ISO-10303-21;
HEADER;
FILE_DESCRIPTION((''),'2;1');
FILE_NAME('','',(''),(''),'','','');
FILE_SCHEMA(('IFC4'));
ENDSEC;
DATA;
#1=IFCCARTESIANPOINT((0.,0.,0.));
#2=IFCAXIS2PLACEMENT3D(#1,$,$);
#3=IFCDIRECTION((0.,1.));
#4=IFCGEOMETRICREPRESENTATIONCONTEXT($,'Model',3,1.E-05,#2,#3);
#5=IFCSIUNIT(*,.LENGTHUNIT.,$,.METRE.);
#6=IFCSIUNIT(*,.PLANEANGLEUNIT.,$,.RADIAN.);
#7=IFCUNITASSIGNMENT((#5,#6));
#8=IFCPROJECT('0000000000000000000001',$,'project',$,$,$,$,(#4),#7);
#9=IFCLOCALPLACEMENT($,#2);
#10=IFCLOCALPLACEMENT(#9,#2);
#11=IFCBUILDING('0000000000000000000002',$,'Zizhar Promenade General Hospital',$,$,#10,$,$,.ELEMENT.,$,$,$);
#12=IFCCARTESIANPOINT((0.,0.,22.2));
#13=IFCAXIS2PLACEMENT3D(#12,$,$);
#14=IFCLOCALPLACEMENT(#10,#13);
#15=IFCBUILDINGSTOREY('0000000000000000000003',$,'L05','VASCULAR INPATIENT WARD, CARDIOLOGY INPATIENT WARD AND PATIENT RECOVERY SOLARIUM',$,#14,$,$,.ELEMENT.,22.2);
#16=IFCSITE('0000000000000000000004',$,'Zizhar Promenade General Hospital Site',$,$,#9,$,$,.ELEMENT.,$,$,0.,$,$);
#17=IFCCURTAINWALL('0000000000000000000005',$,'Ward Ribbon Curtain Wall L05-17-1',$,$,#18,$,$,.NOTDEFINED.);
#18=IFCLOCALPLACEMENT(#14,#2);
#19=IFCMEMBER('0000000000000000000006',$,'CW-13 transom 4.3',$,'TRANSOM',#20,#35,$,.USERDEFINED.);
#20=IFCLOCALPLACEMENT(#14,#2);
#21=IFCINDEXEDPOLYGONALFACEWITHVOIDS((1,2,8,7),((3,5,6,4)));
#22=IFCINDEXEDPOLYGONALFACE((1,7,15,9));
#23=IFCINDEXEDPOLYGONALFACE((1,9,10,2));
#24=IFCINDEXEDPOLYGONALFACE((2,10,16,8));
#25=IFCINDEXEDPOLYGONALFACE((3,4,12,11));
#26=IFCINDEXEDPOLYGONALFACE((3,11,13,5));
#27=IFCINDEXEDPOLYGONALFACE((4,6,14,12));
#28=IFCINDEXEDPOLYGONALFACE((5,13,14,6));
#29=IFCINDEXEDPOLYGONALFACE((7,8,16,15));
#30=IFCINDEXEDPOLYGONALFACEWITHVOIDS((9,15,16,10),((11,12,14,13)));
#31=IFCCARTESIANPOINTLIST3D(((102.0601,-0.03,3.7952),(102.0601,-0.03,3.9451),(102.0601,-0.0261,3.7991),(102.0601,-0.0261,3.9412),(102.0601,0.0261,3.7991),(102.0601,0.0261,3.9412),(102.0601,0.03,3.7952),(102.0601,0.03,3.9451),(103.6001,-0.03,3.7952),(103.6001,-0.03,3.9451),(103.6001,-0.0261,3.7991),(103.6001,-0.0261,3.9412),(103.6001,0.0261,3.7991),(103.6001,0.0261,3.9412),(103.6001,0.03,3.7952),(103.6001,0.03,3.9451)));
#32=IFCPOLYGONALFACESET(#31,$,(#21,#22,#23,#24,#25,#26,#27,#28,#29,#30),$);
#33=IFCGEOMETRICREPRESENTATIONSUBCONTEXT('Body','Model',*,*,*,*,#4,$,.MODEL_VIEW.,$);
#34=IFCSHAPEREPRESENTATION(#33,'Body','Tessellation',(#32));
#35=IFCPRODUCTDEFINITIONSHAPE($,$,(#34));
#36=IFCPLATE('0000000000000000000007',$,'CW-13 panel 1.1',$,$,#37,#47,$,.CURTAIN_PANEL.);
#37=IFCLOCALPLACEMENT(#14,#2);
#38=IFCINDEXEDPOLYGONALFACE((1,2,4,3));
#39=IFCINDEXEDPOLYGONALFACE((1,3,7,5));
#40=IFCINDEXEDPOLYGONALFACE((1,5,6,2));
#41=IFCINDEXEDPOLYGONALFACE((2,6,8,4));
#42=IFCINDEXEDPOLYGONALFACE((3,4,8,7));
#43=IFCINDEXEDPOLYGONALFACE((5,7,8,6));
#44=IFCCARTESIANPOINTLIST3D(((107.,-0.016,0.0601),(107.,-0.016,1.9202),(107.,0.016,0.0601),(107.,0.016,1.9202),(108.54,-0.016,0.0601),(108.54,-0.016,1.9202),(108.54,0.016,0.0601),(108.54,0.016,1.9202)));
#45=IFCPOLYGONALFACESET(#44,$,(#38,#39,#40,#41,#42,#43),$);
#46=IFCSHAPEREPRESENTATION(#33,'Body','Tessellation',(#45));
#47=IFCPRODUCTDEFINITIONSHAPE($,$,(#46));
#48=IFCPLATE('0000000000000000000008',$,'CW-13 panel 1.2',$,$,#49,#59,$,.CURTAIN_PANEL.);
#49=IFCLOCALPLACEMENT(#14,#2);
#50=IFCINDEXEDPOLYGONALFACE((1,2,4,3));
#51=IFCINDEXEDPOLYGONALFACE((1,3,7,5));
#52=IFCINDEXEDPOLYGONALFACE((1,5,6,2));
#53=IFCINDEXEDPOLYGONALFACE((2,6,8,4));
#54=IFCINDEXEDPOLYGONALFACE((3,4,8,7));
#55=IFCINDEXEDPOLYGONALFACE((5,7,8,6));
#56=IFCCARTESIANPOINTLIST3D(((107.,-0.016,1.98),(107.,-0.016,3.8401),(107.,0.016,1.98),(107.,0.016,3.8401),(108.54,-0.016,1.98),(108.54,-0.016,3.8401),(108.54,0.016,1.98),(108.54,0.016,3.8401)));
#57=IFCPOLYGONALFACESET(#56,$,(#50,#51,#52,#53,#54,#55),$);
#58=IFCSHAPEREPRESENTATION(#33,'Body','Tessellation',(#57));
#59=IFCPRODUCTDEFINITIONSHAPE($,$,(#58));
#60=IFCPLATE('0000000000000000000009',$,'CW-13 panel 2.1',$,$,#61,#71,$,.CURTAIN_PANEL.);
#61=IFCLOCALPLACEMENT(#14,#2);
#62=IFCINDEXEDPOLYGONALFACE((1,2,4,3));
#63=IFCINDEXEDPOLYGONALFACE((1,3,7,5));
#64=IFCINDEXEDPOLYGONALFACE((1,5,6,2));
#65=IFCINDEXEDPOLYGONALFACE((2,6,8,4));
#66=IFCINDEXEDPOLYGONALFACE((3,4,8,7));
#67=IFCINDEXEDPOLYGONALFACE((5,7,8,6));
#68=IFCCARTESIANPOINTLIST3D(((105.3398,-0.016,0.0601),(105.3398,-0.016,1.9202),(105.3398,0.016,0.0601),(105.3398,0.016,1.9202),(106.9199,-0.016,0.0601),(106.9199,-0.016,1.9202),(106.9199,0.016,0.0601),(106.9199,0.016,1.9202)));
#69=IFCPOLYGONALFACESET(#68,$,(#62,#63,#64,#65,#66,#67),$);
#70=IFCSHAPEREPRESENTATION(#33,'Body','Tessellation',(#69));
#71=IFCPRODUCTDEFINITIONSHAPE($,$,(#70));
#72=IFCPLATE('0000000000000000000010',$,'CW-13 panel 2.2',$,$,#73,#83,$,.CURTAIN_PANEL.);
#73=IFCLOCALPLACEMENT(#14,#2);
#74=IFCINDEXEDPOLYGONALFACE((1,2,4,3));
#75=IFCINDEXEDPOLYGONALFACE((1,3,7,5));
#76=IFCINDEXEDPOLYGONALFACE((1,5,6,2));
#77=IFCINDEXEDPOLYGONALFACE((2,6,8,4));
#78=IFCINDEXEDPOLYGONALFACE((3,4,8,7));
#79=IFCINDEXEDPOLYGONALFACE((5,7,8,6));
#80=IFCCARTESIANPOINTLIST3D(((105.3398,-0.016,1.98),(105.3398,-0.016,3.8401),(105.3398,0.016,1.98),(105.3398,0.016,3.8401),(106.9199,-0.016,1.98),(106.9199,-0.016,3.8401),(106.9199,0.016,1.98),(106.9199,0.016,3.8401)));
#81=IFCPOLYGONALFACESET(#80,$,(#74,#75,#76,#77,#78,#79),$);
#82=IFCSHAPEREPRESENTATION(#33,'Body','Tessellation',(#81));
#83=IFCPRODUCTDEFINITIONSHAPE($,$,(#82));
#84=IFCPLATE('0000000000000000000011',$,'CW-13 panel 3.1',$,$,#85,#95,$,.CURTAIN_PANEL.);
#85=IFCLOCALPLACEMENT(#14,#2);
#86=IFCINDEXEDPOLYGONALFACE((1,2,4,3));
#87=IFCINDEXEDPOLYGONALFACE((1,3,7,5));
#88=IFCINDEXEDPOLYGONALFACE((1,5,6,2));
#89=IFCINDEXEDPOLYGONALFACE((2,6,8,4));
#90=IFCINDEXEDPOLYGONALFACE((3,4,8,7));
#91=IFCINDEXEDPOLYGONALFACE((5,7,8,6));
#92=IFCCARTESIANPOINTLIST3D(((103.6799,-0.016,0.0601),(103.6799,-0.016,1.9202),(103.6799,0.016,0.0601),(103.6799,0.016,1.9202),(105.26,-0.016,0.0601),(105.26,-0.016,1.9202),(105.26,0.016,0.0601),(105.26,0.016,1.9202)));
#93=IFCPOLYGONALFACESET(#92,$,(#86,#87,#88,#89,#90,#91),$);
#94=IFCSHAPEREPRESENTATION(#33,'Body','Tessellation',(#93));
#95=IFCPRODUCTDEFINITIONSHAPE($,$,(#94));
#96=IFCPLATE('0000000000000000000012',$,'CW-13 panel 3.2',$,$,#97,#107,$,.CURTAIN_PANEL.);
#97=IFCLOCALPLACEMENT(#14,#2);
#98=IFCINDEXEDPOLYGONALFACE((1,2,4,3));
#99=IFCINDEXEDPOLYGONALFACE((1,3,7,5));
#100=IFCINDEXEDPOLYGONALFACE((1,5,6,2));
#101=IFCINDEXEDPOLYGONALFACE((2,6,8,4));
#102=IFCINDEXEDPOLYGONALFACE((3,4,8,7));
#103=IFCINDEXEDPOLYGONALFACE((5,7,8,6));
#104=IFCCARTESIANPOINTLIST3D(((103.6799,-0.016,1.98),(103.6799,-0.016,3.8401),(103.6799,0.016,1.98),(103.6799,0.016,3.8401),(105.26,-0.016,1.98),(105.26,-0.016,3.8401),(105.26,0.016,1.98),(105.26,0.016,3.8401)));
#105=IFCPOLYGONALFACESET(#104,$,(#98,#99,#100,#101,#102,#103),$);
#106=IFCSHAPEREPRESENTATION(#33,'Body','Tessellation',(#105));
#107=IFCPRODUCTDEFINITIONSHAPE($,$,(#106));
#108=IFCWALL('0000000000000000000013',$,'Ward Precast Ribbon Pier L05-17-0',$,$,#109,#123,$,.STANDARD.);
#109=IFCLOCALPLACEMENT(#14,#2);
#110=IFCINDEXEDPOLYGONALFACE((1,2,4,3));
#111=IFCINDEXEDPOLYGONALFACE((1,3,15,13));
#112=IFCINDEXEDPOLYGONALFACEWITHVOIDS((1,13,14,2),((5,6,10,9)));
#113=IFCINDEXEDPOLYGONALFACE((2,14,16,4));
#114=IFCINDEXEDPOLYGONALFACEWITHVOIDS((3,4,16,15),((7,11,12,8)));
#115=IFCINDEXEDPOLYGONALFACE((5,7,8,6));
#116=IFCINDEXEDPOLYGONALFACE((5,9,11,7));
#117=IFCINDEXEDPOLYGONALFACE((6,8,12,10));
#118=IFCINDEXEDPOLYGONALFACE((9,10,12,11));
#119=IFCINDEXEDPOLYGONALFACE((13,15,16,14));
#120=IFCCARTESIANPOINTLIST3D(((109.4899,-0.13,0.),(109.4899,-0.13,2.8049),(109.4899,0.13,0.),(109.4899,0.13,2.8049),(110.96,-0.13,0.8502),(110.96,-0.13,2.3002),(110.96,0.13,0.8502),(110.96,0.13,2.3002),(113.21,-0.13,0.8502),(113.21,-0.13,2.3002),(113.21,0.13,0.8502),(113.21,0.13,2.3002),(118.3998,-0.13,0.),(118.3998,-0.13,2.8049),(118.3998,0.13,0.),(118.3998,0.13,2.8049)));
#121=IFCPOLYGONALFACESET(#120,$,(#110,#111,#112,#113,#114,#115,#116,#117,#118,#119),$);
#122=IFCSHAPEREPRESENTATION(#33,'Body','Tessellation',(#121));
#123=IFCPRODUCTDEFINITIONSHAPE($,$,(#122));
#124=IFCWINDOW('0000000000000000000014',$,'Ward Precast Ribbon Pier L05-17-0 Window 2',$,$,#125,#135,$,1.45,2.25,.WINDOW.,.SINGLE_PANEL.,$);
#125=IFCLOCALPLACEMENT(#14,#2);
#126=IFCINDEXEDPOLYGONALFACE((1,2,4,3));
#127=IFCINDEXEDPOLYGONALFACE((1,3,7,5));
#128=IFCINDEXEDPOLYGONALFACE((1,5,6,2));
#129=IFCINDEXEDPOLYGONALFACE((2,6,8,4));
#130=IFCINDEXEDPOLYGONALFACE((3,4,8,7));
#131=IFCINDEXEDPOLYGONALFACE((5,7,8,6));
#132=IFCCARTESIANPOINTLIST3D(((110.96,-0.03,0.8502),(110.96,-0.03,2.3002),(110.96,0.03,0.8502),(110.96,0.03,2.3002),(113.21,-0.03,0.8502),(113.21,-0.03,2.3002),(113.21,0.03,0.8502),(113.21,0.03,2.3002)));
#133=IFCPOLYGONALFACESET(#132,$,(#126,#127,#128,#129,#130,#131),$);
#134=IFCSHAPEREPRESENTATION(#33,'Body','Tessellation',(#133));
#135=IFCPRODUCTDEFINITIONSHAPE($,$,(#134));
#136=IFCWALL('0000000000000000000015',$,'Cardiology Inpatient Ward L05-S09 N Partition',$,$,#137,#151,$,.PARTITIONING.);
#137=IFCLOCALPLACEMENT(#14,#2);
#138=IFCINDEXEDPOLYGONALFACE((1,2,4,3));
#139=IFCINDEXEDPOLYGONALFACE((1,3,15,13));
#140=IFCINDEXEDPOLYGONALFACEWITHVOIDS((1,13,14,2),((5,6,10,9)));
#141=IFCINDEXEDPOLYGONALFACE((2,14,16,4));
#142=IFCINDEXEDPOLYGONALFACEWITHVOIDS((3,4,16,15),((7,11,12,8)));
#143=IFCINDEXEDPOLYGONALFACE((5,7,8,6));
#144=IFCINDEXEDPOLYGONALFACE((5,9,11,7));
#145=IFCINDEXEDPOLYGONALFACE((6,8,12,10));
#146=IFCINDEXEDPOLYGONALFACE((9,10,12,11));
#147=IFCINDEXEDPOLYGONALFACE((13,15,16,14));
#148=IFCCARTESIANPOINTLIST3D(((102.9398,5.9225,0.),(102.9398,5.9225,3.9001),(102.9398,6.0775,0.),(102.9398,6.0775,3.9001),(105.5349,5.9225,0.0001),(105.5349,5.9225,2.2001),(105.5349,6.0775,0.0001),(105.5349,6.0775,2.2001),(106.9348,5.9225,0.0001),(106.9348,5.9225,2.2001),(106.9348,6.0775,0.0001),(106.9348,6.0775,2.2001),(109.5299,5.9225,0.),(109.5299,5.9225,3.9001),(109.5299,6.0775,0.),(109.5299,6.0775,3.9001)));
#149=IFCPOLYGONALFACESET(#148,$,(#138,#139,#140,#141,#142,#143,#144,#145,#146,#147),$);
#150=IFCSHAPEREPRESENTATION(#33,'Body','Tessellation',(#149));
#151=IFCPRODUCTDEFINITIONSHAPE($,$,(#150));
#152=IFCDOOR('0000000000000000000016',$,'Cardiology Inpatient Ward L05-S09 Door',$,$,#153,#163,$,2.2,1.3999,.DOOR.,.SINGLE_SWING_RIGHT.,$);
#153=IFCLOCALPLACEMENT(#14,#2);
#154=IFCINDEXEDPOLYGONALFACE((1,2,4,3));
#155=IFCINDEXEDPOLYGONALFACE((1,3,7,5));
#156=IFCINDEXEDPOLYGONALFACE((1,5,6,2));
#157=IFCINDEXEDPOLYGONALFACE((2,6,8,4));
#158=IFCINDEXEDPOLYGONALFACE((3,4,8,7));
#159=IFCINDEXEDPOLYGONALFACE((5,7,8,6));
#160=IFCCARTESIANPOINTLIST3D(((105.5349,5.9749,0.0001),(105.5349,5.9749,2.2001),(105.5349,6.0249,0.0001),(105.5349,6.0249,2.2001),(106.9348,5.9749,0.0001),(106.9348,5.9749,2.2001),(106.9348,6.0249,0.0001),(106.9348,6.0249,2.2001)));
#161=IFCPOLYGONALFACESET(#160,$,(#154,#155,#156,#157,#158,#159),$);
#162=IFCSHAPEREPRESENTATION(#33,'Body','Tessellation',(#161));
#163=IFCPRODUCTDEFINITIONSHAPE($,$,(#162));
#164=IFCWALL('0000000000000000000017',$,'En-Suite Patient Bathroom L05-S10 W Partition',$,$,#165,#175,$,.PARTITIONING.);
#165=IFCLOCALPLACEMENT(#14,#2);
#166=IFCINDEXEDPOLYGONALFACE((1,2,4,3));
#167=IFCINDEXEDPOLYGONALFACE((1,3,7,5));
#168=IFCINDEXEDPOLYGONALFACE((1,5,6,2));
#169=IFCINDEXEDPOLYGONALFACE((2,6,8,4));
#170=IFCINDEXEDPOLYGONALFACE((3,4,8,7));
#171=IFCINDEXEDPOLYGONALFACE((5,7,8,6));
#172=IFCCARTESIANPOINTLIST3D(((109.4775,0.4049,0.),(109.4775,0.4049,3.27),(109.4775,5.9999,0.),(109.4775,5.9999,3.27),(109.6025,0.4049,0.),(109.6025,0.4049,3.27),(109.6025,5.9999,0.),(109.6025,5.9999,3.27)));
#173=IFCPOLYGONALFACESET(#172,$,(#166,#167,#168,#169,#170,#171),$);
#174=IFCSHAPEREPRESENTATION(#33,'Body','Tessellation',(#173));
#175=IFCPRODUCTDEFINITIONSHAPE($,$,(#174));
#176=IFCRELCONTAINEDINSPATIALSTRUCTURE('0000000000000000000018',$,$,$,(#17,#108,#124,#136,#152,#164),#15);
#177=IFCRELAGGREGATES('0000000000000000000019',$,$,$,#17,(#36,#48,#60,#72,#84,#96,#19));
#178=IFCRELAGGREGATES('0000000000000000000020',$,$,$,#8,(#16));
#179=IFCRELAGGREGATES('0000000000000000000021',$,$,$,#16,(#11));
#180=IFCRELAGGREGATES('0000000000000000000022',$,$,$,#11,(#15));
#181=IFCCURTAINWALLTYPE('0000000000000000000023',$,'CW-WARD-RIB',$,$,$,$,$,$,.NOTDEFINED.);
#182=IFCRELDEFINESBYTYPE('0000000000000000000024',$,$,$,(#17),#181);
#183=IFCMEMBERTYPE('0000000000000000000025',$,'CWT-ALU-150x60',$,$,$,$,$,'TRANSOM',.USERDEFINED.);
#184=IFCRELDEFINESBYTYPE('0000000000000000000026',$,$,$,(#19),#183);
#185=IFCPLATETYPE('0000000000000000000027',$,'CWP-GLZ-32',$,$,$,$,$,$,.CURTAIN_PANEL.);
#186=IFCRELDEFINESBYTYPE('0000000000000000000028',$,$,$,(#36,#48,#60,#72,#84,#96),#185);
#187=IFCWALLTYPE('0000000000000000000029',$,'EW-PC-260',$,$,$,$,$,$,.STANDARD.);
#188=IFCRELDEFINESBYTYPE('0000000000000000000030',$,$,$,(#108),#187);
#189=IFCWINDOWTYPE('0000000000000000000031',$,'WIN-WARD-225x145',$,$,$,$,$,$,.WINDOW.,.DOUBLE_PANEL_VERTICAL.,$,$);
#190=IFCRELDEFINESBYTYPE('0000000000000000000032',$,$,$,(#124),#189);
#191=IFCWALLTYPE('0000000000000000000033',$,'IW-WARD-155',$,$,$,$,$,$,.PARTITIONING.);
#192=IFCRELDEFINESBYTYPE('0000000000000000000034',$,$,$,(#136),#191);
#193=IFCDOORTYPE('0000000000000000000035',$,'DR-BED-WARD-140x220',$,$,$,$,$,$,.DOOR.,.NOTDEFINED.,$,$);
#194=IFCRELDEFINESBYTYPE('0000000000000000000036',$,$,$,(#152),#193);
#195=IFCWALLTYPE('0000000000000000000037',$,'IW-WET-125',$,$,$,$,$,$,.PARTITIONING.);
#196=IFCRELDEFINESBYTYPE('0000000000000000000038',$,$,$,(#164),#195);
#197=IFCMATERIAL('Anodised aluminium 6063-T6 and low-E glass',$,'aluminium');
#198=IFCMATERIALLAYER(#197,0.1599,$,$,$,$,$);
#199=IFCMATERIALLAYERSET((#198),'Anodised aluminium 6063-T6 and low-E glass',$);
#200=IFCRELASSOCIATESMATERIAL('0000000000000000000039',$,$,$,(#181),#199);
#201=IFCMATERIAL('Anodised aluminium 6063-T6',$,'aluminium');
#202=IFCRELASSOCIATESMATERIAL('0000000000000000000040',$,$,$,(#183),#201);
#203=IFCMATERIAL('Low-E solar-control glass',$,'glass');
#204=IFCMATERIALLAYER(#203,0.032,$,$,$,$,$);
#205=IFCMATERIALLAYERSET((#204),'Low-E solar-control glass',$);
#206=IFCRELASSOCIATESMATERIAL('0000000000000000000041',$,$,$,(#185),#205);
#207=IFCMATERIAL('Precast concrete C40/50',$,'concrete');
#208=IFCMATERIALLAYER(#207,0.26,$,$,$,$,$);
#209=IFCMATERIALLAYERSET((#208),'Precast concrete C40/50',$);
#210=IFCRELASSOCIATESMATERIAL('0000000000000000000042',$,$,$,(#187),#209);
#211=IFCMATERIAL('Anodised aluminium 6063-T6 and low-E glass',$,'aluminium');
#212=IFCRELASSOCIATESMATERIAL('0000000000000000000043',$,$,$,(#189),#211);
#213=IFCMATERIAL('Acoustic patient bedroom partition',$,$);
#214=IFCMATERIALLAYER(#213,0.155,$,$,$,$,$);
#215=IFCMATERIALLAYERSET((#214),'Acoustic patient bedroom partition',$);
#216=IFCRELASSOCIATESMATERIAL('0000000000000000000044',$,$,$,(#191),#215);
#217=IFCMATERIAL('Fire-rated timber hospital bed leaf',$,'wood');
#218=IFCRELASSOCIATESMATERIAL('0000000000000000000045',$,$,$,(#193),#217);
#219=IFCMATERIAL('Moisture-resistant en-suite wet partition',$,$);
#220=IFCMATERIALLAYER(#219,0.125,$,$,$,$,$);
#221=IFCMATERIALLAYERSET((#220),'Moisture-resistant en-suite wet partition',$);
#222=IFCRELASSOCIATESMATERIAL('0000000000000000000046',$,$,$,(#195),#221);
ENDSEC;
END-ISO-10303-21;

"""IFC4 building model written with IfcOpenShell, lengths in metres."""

from ifc_helpers import new_model, si_unit, direction, frame, frame_2d, origin, origin_2d, place, context, subcontext, project, spatial, rectangle, hollow_rectangle, extrude, material, layer, layer_set, material_profile, profile_set, type_object, element, fill, aggregate, save


model = new_model("IFC4")

# Units and contexts
model_context = context("Model", 3, precision=1e-05, world=origin(), true_north=direction((0.0, 1.0)))
body_context = subcontext(model_context, "Body", "Model", "MODEL_VIEW")
ifc_project = project(units=[si_unit("LENGTHUNIT", "METRE"), si_unit("PLANEANGLEUNIT", "RADIAN")], contexts=[model_context])

# Site, building, storey
site_placement = place(None, origin())
site = spatial("IfcSite", under=ifc_project, at=site_placement, Name="Zizhar Promenade General Hospital Site", CompositionType="ELEMENT", RefElevation=0.0)
building_placement = place(site_placement, origin())
building = spatial("IfcBuilding", under=site, at=building_placement, Name="Zizhar Promenade General Hospital", CompositionType="ELEMENT")
storey_placement = place(building_placement, frame((0.0, 0.0, 22.2)))
storey = spatial("IfcBuildingStorey", under=building, at=storey_placement, Name="L05", Description="VASCULAR INPATIENT WARD, CARDIOLOGY INPATIENT WARD AND PATIENT RECOVERY SOLARIUM", CompositionType="ELEMENT", Elevation=22.2)

# Curtain wall, member, plates
ifc_material_1 = material(Name="Anodised aluminium 6063-T6 and low-E glass", Category="aluminium")
ifc_layer_1 = layer(ifc_material_1, 0.1599)
ifc_layer_set_1 = layer_set([ifc_layer_1], Name="Anodised aluminium 6063-T6 and low-E glass")
curtain_wall_type = type_object("IfcCurtainWallType", Name="CW-WARD-RIB", PredefinedType="NOTDEFINED", material=ifc_layer_set_1)
curtain_wall_placement = place(storey_placement, origin())
curtain_wall = element("IfcCurtainWall", 1, at=curtain_wall_placement, inside=storey, type_object=curtain_wall_type, Name="Ward Ribbon Curtain Wall L05-17-1", PredefinedType="NOTDEFINED")
ifc_material_2 = material(Name="Anodised aluminium 6063-T6", Category="aluminium")
ifc_material_profile_1 = material_profile(ifc_material_2, hollow_rectangle(XDim=0.0601, YDim=0.1499, WallThickness=0.0039, at=origin_2d()))
ifc_profile_set_1 = profile_set([ifc_material_profile_1], Name="Anodised aluminium 6063-T6")
member_type_1 = type_object("IfcMemberType", Name="CWT-ALU-150x60", ElementType="TRANSOM", PredefinedType="USERDEFINED", material=ifc_profile_set_1)
member_1_placement = place(storey_placement, frame((103.6001, 0.0, 3.8701), z_axis=(-1.0, 0.0, 0.0), x_axis=(0.0, -1.0, 0.0)))
member_1 = element("IfcMember", 2, at=member_1_placement, type_object=member_type_1, Name="CW-13 transom 4.3", ObjectType="TRANSOM", PredefinedType="USERDEFINED", context=body_context, shape_type="SweptSolid", body=[
    extrude(hollow_rectangle(XDim=0.0601, YDim=0.1499, WallThickness=0.0039, at=origin_2d()), origin(), (0.0, 0.0, 1.0), 1.54),
])
ifc_material_3 = material(Name="Low-E solar-control glass", Category="glass")
ifc_layer_2 = layer(ifc_material_3, 0.032)
ifc_layer_set_2 = layer_set([ifc_layer_2], Name="Low-E solar-control glass")
plate_type = type_object("IfcPlateType", Name="CWP-GLZ-32", PredefinedType="CURTAIN_PANEL", material=ifc_layer_set_2)
plate_1_placement = place(storey_placement, frame((107.77, 0.0, 0.0601), z_axis=(0.0, 0.0, 1.0), x_axis=(-1.0, 0.0, 0.0)))
plate_1 = element("IfcPlate", 3, at=plate_1_placement, type_object=plate_type, Name="CW-13 panel 1.1", PredefinedType="CURTAIN_PANEL", context=body_context, shape_type="SweptSolid", body=[
    extrude(rectangle(XDim=1.54, YDim=0.032, at=origin_2d()), origin(), (0.0, 0.0, 1.0), 1.8601),
])
plate_2_placement = place(storey_placement, frame((107.77, 0.0, 1.98), z_axis=(0.0, 0.0, 1.0), x_axis=(-1.0, 0.0, 0.0)))
plate_2 = element("IfcPlate", 4, at=plate_2_placement, type_object=plate_type, Name="CW-13 panel 1.2", PredefinedType="CURTAIN_PANEL", context=body_context, shape_type="SweptSolid", body=[
    extrude(rectangle(XDim=1.54, YDim=0.032, at=origin_2d()), origin(), (0.0, 0.0, 1.0), 1.8601),
])
plate_3_placement = place(storey_placement, frame((106.1299, 0.0, 0.0601), z_axis=(0.0, 0.0, 1.0), x_axis=(-1.0, 0.0, 0.0)))
plate_3 = element("IfcPlate", 5, at=plate_3_placement, type_object=plate_type, Name="CW-13 panel 2.1", PredefinedType="CURTAIN_PANEL", context=body_context, shape_type="SweptSolid", body=[
    extrude(rectangle(XDim=1.5801, YDim=0.032, at=origin_2d()), origin(), (0.0, 0.0, 1.0), 1.8601),
])
plate_4_placement = place(storey_placement, frame((106.1299, 0.0, 1.98), z_axis=(0.0, 0.0, 1.0), x_axis=(-1.0, 0.0, 0.0)))
plate_4 = element("IfcPlate", 6, at=plate_4_placement, type_object=plate_type, Name="CW-13 panel 2.2", PredefinedType="CURTAIN_PANEL", context=body_context, shape_type="SweptSolid", body=[
    extrude(rectangle(XDim=1.5801, YDim=0.032, at=origin_2d()), origin(), (0.0, 0.0, 1.0), 1.8601),
])
plate_5_placement = place(storey_placement, frame((104.47, 0.0, 0.0601), z_axis=(0.0, 0.0, 1.0), x_axis=(-1.0, 0.0, 0.0)))
plate_5 = element("IfcPlate", 7, at=plate_5_placement, type_object=plate_type, Name="CW-13 panel 3.1", PredefinedType="CURTAIN_PANEL", context=body_context, shape_type="SweptSolid", body=[
    extrude(rectangle(XDim=1.5801, YDim=0.032, at=origin_2d()), origin(), (0.0, 0.0, 1.0), 1.8601),
])
plate_6_placement = place(storey_placement, frame((104.47, 0.0, 1.98), z_axis=(0.0, 0.0, 1.0), x_axis=(-1.0, 0.0, 0.0)))
plate_6 = element("IfcPlate", 8, at=plate_6_placement, type_object=plate_type, Name="CW-13 panel 3.2", PredefinedType="CURTAIN_PANEL", context=body_context, shape_type="SweptSolid", body=[
    extrude(rectangle(XDim=1.5801, YDim=0.032, at=origin_2d()), origin(), (0.0, 0.0, 1.0), 1.8601),
])
aggregate(curtain_wall, [plate_1, plate_2, plate_3, plate_4, plate_5, plate_6, member_1])

# Wall, opening, window
ifc_material_4 = material(Name="Precast concrete C40/50", Category="concrete")
ifc_layer_3 = layer(ifc_material_4, 0.26)
ifc_layer_set_3 = layer_set([ifc_layer_3], Name="Precast concrete C40/50")
wall_type_1 = type_object("IfcWallType", Name="EW-PC-260", PredefinedType="STANDARD", material=ifc_layer_set_3)
wall_1_placement = place(storey_placement, frame((118.3999, 0.0, 0.0), z_axis=(0.0, 0.0, 1.0), x_axis=(-1.0, 0.0, 0.0)))
wall_1 = element("IfcWall", 9, at=wall_1_placement, inside=storey, type_object=wall_type_1, Name="Ward Precast Ribbon Pier L05-17-0", PredefinedType="STANDARD", context=body_context, shape_type="SweptSolid", body=[
    extrude(rectangle(XDim=8.9099, YDim=0.26, at=frame_2d((4.4551, 0.0))), origin(), (0.0, 0.0, 1.0), 2.8049),
])
opening_1_placement = place(wall_1_placement, frame((5.1899, 0.0, 0.8501)))
opening_1 = element("IfcOpeningElement", 10, at=opening_1_placement, cuts=wall_1, PredefinedType="OPENING", context=body_context, shape_type="SweptSolid", body=[
    extrude(rectangle(XDim=2.25, YDim=1.45, at=frame_2d((1.125, 0.7251))), frame((0.0, 0.1401, 0.0), z_axis=(0.0, -1.0, 0.0), x_axis=(1.0, 0.0, 0.0)), (0.0, 0.0, 1.0), 0.28),
])
ifc_material_5 = material(Name="Anodised aluminium 6063-T6 and low-E glass", Category="aluminium")
window_type = type_object("IfcWindowType", Name="WIN-WARD-225x145", PartitioningType="DOUBLE_PANEL_VERTICAL", PredefinedType="WINDOW", material=ifc_material_5)
window_placement = place(opening_1_placement, origin())
window = element("IfcWindow", 11, at=window_placement, inside=storey, type_object=window_type, Name="Ward Precast Ribbon Pier L05-17-0 Window 2", OverallHeight=1.45, OverallWidth=2.25, PartitioningType="SINGLE_PANEL", PredefinedType="WINDOW", context=body_context, shape_type="SweptSolid", body=[
    extrude(rectangle(XDim=2.25, YDim=1.45, at=frame_2d((1.125, 0.7251))), frame((0.0, 0.03, 0.0), z_axis=(0.0, -1.0, 0.0), x_axis=(1.0, 0.0, 0.0)), (0.0, 0.0, 1.0), 0.0601),
])
fill(opening_1, window)

# Wall, opening, door
ifc_material_6 = material(Name="Acoustic patient bedroom partition")
ifc_layer_4 = layer(ifc_material_6, 0.155)
ifc_layer_set_4 = layer_set([ifc_layer_4], Name="Acoustic patient bedroom partition")
wall_type_2 = type_object("IfcWallType", Name="IW-WARD-155", PredefinedType="PARTITIONING", material=ifc_layer_set_4)
wall_2_placement = place(storey_placement, frame((102.9399, 6.0, 0.0), z_axis=(0.0, 0.0, 1.0), x_axis=(1.0, 0.0, 0.0)))
wall_2 = element("IfcWall", 12, at=wall_2_placement, inside=storey, type_object=wall_type_2, Name="Cardiology Inpatient Ward L05-S09 N Partition", PredefinedType="PARTITIONING", context=body_context, shape_type="SweptSolid", body=[
    extrude(rectangle(XDim=6.5901, YDim=0.155, at=frame_2d((3.2949, 0.0))), origin(), (0.0, 0.0, 1.0), 3.9001),
])
opening_2_placement = place(wall_2_placement, frame((2.595, 0.0, 0.0)))
opening_2 = element("IfcOpeningElement", 13, at=opening_2_placement, cuts=wall_2, PredefinedType="OPENING", context=body_context, shape_type="SweptSolid", body=[
    extrude(rectangle(XDim=1.3999, YDim=2.2, at=frame_2d((0.7, 1.1001))), frame((0.0, 0.0874, 0.0), z_axis=(0.0, -1.0, 0.0), x_axis=(1.0, 0.0, 0.0)), (0.0, 0.0, 1.0), 0.175),
])
ifc_material_7 = material(Name="Fire-rated timber hospital bed leaf", Category="wood")
door_type_1 = type_object("IfcDoorType", Name="DR-BED-WARD-140x220", OperationType="NOTDEFINED", PredefinedType="DOOR", material=ifc_material_7)
door_1_placement = place(opening_2_placement, origin())
door_1 = element("IfcDoor", 14, at=door_1_placement, inside=storey, type_object=door_type_1, Name="Cardiology Inpatient Ward L05-S09 Door", OperationType="SINGLE_SWING_RIGHT", OverallHeight=2.2, OverallWidth=1.3999, PredefinedType="DOOR", context=body_context, shape_type="SweptSolid", body=[
    extrude(rectangle(XDim=1.3999, YDim=2.2, at=frame_2d((0.7, 1.1001))), frame((0.0, 0.0249, 0.0), z_axis=(0.0, -1.0, 0.0), x_axis=(1.0, 0.0, 0.0)), (0.0, 0.0, 1.0), 0.05),
])
fill(opening_2, door_1)

# Wall
ifc_material_8 = material(Name="Moisture-resistant en-suite wet partition")
ifc_layer_5 = layer(ifc_material_8, 0.125)
ifc_layer_set_5 = layer_set([ifc_layer_5], Name="Moisture-resistant en-suite wet partition")
wall_type_3 = type_object("IfcWallType", Name="IW-WET-125", PredefinedType="PARTITIONING", material=ifc_layer_set_5)
wall_3_placement = place(storey_placement, frame((109.54, 0.405, 0.0), z_axis=(0.0, 0.0, 1.0), x_axis=(0.0, 1.0, 0.0)))
element("IfcWall", 15, at=wall_3_placement, inside=storey, type_object=wall_type_3, Name="En-Suite Patient Bathroom L05-S10 W Partition", PredefinedType="PARTITIONING", context=body_context, shape_type="SweptSolid", body=[
    extrude(rectangle(XDim=5.595, YDim=0.125, at=frame_2d((2.7974, 0.0))), origin(), (0.0, 0.0, 1.0), 3.27),
])

save(model, "model.ifc")
